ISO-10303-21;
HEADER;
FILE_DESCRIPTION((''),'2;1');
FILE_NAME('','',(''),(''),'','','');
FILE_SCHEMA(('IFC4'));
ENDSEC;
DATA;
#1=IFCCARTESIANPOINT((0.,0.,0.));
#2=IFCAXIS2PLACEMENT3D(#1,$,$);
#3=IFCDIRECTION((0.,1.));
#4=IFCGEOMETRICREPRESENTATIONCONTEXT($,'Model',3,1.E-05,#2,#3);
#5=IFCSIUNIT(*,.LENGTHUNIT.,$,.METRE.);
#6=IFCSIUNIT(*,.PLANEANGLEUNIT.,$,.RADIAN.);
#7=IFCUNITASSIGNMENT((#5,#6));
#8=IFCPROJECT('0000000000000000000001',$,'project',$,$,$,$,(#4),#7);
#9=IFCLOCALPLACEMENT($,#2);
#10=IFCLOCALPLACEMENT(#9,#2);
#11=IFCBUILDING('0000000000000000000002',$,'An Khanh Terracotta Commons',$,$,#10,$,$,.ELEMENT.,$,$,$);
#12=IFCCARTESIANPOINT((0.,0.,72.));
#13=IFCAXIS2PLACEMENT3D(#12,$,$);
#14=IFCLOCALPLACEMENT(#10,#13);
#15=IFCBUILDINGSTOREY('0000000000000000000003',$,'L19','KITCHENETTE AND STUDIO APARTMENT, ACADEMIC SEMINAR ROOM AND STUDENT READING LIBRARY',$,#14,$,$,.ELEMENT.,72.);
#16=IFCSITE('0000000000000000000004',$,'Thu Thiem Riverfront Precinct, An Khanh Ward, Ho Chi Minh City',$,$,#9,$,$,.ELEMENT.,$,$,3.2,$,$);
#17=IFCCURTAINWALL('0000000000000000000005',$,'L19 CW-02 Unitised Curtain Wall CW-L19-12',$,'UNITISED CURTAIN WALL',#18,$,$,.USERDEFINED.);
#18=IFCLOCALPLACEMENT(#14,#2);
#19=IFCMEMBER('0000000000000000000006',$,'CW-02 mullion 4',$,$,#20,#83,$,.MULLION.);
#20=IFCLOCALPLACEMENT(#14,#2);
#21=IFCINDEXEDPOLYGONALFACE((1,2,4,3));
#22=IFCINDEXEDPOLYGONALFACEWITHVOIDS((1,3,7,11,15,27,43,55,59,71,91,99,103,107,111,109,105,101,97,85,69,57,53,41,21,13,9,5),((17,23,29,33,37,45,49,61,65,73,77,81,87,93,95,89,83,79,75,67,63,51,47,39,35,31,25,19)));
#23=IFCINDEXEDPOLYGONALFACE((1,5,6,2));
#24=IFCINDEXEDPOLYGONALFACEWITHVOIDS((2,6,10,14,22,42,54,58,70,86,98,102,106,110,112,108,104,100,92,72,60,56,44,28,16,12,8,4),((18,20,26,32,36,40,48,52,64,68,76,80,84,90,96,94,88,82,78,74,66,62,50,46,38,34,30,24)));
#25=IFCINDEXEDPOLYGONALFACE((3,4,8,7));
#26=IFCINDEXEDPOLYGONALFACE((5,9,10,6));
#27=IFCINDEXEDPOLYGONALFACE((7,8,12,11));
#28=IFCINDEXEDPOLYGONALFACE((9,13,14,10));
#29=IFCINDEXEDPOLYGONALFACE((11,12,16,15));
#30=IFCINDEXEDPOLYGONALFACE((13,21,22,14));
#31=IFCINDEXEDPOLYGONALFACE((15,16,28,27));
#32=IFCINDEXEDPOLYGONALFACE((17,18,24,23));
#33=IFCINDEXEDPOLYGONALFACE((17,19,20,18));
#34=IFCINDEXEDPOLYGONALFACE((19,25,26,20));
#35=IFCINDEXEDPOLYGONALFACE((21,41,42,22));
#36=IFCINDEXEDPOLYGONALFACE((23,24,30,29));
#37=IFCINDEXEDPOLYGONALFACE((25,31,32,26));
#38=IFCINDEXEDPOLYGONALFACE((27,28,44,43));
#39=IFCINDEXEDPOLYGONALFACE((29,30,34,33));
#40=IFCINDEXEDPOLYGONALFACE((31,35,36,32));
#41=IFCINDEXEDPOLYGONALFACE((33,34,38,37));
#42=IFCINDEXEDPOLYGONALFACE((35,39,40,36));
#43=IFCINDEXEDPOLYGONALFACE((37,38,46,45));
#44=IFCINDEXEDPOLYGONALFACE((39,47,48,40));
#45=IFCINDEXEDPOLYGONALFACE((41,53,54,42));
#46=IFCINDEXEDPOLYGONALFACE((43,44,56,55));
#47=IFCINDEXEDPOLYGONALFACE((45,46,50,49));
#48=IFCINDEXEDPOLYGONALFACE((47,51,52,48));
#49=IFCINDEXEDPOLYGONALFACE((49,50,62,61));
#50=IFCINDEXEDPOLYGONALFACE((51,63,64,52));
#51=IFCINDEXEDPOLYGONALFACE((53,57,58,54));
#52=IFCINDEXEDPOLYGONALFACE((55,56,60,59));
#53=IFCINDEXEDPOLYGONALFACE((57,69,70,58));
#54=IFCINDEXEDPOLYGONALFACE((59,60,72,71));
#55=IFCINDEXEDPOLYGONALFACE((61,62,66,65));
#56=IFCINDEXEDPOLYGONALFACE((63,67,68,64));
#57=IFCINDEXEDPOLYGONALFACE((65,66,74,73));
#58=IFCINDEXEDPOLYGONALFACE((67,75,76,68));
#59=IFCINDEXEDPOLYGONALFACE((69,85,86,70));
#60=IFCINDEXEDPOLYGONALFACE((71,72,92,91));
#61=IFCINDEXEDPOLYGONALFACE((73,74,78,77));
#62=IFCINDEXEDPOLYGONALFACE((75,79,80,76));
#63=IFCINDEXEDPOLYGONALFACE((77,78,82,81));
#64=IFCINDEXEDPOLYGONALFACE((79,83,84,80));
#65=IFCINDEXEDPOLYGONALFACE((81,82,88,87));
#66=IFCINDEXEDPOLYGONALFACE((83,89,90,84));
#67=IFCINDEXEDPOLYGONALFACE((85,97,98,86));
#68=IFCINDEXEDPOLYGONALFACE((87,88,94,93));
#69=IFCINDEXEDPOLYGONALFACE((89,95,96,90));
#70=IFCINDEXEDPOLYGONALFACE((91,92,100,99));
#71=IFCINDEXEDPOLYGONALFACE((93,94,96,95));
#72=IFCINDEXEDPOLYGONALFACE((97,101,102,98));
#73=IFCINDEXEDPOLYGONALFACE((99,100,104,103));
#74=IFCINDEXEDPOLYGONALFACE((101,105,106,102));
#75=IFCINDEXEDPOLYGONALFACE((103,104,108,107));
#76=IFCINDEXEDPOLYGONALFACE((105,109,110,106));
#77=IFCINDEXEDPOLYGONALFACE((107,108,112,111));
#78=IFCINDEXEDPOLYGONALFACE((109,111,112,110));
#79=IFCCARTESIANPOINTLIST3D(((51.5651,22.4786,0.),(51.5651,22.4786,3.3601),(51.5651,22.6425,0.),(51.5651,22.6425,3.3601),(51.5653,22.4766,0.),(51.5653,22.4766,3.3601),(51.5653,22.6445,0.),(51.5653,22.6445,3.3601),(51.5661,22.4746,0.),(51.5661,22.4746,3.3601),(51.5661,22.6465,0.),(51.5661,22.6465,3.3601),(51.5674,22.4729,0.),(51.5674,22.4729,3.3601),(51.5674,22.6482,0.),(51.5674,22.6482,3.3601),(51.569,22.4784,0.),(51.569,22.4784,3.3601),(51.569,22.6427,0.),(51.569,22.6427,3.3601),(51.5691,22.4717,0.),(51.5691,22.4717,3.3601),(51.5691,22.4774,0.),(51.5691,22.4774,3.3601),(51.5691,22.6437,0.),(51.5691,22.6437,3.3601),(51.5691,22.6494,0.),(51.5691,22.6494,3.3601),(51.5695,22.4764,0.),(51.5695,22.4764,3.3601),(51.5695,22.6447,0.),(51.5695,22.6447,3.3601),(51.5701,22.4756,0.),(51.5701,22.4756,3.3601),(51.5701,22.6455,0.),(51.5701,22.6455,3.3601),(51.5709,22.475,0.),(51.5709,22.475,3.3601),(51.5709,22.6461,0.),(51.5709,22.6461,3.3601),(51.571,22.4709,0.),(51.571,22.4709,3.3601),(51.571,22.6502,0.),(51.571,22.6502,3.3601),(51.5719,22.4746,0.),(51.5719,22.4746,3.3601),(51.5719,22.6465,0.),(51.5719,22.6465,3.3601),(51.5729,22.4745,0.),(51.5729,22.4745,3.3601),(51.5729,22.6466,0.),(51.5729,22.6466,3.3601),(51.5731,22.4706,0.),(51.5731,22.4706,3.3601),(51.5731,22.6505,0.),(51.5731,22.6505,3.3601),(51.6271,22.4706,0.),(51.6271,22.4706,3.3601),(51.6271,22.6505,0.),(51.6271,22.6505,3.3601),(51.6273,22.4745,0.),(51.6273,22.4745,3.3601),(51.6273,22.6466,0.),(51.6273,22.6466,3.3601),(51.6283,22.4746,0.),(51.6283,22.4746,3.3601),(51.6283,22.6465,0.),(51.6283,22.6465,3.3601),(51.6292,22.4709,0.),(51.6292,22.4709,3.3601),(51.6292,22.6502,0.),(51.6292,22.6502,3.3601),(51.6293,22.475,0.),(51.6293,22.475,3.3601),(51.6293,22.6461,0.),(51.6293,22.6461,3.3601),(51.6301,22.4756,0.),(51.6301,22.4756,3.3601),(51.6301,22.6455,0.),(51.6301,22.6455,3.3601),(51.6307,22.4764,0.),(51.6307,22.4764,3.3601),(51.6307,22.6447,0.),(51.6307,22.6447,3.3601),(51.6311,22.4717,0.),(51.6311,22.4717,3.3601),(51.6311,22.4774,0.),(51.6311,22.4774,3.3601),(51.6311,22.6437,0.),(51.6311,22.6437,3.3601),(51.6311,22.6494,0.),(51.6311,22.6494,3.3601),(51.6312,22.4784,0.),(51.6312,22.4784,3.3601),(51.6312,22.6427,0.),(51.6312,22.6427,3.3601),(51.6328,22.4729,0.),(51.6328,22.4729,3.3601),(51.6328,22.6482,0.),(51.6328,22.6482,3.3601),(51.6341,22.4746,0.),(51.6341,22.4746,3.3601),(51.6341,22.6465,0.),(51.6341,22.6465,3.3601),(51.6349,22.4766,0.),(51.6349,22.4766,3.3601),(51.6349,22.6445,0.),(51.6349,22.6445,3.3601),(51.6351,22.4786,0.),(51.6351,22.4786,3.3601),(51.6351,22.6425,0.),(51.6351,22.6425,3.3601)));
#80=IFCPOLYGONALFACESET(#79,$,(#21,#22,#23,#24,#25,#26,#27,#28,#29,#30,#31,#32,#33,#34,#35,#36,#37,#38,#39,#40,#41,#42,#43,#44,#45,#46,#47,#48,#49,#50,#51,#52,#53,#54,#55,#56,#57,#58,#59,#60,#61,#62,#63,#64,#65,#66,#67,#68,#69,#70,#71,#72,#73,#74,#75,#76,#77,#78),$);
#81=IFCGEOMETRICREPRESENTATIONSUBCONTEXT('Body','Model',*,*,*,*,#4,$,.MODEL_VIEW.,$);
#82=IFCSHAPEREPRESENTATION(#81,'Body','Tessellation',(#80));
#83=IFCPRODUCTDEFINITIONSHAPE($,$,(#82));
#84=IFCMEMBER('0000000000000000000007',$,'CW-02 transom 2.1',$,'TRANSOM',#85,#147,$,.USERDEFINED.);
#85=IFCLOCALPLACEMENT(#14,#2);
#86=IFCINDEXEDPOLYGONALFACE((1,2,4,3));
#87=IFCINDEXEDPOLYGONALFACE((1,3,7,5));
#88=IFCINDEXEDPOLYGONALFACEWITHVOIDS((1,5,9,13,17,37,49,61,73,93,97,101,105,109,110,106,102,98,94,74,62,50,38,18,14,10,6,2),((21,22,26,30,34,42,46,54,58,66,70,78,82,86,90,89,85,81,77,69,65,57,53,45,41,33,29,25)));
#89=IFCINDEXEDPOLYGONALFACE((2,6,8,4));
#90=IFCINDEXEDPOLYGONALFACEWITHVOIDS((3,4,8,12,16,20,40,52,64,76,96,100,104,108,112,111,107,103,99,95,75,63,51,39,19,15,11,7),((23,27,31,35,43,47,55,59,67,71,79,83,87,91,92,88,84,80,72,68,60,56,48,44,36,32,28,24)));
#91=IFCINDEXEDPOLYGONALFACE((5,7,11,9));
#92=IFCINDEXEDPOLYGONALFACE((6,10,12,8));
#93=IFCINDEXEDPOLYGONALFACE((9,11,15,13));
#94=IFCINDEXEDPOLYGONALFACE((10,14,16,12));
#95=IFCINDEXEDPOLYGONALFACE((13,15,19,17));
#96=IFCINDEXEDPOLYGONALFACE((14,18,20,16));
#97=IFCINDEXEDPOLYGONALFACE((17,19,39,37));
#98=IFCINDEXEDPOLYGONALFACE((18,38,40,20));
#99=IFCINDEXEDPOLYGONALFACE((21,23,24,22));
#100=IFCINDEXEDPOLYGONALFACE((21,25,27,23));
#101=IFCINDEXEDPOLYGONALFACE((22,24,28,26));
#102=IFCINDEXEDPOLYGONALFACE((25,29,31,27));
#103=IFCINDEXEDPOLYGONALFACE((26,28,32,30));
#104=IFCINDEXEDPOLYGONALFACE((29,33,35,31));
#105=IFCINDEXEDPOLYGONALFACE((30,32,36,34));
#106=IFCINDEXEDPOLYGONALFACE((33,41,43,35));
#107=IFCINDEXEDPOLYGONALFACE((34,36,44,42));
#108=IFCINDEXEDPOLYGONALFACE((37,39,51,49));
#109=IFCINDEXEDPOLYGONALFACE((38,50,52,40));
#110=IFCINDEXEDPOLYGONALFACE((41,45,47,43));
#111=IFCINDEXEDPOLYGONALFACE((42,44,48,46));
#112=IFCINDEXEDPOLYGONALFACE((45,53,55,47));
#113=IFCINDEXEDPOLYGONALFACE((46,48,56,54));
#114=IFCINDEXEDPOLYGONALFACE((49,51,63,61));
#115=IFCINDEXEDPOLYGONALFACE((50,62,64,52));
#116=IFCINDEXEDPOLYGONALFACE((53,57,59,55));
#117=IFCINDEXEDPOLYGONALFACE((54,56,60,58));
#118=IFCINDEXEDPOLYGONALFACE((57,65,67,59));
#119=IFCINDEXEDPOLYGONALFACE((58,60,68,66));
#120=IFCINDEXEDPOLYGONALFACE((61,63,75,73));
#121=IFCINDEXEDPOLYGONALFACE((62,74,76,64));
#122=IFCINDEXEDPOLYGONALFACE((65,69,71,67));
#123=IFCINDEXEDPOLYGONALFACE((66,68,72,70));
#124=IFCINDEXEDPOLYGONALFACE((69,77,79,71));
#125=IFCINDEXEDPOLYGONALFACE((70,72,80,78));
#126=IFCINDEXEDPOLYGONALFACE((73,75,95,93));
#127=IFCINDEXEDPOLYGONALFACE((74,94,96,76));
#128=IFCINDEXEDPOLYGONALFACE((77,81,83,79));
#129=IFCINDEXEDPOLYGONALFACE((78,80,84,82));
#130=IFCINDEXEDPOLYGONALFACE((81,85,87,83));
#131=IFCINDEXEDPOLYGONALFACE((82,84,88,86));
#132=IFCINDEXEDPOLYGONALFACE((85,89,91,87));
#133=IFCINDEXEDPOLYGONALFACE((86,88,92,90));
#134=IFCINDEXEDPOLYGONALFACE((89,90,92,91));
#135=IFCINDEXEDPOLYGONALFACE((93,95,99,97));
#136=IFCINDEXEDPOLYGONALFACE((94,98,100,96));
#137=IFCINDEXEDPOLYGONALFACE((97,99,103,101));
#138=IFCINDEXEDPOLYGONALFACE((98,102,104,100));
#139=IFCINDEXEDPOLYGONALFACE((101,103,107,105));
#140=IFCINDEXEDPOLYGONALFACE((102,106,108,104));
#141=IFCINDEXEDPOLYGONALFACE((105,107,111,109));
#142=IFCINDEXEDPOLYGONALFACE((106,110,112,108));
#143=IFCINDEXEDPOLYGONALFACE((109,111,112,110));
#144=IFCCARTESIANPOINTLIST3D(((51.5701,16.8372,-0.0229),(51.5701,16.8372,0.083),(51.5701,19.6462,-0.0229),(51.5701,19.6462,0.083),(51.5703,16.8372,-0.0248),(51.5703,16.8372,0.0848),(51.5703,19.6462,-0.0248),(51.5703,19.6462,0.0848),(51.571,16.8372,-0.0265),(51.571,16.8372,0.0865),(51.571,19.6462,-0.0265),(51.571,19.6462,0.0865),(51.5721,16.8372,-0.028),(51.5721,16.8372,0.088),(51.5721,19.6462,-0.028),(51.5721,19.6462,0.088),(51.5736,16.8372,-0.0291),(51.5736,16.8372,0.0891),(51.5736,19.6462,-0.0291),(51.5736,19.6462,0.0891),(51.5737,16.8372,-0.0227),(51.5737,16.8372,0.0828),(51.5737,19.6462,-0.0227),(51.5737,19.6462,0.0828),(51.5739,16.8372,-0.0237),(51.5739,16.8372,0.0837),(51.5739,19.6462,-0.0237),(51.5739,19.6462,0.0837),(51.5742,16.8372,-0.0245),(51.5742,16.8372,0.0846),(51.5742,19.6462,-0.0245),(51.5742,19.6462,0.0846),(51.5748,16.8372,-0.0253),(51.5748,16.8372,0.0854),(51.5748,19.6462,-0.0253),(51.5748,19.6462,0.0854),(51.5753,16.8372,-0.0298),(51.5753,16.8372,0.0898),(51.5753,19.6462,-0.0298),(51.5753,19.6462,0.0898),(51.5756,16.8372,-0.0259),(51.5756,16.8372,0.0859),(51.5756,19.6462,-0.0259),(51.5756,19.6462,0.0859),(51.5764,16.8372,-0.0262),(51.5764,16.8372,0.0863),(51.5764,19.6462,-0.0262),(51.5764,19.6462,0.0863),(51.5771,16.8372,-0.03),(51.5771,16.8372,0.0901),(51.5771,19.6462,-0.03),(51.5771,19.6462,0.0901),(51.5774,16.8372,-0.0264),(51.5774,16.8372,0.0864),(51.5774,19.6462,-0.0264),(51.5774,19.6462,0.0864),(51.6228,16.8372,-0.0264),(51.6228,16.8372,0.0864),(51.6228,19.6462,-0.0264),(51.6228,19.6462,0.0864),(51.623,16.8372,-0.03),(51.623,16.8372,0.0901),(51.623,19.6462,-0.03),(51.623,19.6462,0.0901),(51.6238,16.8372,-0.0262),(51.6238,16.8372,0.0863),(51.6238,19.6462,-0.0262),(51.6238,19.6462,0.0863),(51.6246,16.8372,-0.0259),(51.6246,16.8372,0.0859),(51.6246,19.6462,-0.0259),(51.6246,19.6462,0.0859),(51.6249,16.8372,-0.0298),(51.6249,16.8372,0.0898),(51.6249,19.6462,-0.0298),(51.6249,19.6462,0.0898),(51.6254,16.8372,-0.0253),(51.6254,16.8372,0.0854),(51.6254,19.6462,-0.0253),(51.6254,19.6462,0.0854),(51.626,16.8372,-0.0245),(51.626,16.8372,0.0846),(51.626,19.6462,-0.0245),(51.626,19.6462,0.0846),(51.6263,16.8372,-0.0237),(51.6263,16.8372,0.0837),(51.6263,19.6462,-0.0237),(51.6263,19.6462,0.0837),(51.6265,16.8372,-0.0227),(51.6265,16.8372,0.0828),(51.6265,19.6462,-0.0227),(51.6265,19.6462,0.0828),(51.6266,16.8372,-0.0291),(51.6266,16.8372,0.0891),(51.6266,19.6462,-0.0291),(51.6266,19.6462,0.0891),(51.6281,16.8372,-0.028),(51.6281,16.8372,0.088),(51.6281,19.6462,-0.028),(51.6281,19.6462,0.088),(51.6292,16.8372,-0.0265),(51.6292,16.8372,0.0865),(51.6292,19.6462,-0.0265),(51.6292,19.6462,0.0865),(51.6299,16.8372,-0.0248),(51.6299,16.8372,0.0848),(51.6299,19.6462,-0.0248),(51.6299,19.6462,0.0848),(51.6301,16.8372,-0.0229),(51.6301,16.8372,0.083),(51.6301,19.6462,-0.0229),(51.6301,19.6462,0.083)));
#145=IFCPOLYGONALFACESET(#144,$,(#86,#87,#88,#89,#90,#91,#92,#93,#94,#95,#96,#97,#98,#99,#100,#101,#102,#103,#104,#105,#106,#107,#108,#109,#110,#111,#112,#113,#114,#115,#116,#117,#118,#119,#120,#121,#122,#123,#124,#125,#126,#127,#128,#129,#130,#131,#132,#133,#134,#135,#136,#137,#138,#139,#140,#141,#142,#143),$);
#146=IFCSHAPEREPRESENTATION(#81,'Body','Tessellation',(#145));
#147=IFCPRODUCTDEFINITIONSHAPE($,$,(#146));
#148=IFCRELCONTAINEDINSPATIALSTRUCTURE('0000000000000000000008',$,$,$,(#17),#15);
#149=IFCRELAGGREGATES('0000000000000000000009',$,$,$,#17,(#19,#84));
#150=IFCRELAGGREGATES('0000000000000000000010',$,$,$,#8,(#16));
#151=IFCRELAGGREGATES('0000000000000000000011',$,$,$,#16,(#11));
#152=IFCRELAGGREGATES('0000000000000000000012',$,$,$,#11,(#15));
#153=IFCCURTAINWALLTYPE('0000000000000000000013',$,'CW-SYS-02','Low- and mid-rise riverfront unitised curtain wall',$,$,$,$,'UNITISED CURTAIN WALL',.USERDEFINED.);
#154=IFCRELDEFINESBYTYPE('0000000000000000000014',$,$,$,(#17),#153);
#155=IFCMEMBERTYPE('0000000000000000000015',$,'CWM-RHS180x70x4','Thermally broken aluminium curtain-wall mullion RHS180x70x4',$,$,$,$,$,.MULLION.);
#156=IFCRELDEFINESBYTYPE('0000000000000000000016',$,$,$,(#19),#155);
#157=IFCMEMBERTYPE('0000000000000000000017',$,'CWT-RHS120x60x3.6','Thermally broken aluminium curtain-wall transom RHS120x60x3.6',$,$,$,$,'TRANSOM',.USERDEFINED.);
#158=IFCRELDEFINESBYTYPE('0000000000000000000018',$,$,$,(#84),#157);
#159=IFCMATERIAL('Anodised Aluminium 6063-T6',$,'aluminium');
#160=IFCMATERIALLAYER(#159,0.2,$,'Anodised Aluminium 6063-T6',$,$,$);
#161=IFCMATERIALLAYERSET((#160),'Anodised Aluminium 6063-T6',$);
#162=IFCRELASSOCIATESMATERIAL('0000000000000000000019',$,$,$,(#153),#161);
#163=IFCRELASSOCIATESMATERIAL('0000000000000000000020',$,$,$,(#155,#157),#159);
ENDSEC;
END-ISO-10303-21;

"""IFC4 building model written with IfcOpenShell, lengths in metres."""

from ifc_helpers import new_model, si_unit, direction, frame, origin, origin_2d, place, context, subcontext, project, spatial, hollow_rectangle, extrude, material, layer, layer_set, material_profile, profile_set, type_object, element, aggregate, save


model = new_model("IFC4")

# Units and contexts
model_context = context("Model", 3, precision=1e-05, world=origin(), true_north=direction((0.0, 1.0)))
body_context = subcontext(model_context, "Body", "Model", "MODEL_VIEW")
ifc_project = project(units=[si_unit("LENGTHUNIT", "METRE"), si_unit("PLANEANGLEUNIT", "RADIAN")], contexts=[model_context])

# Site, building, storey
site_placement = place(None, origin())
site = spatial("IfcSite", under=ifc_project, at=site_placement, Name="Thu Thiem Riverfront Precinct, An Khanh Ward, Ho Chi Minh City", CompositionType="ELEMENT", RefElevation=3.2)
building_placement = place(site_placement, origin())
building = spatial("IfcBuilding", under=site, at=building_placement, Name="An Khanh Terracotta Commons", CompositionType="ELEMENT")
storey_placement = place(building_placement, frame((0.0, 0.0, 72.0)))
storey = spatial("IfcBuildingStorey", under=building, at=storey_placement, Name="L19", Description="KITCHENETTE AND STUDIO APARTMENT, ACADEMIC SEMINAR ROOM AND STUDENT READING LIBRARY", CompositionType="ELEMENT", Elevation=72.0)

# Curtain wall, members
ifc_material_1 = material(Name="Anodised Aluminium 6063-T6", Category="aluminium")
ifc_layer_1 = layer(ifc_material_1, 0.2, Name="Anodised Aluminium 6063-T6")
ifc_layer_set_1 = layer_set([ifc_layer_1], Name="Anodised Aluminium 6063-T6")
curtain_wall_type = type_object("IfcCurtainWallType", Name="CW-SYS-02", Description="Low- and mid-rise riverfront unitised curtain wall", ElementType="UNITISED CURTAIN WALL", PredefinedType="USERDEFINED", material=ifc_layer_set_1)
curtain_wall_placement = place(storey_placement, origin())
curtain_wall = element("IfcCurtainWall", 1, at=curtain_wall_placement, inside=storey, type_object=curtain_wall_type, Name="L19 CW-02 Unitised Curtain Wall CW-L19-12", ObjectType="UNITISED CURTAIN WALL", PredefinedType="USERDEFINED")
ifc_material_profile_1 = material_profile(ifc_material_1, hollow_rectangle(XDim=0.0701, YDim=0.1799, WallThickness=0.0039, InnerFilletRadius=0.0039, OuterFilletRadius=0.0081, at=origin_2d()), Name="RHS180x70x4")
ifc_profile_set_1 = profile_set([ifc_material_profile_1], Name="Anodised Aluminium 6063-T6")
member_type_1 = type_object("IfcMemberType", Name="CWM-RHS180x70x4", Description="Thermally broken aluminium curtain-wall mullion RHS180x70x4", PredefinedType="MULLION", material=ifc_profile_set_1)
member_1_placement = place(storey_placement, frame((51.6001, 22.5605, 0.0), z_axis=(0.0, 0.0, 1.0), x_axis=(-1.0, 0.0, 0.0)))
member_1 = element("IfcMember", 2, at=member_1_placement, type_object=member_type_1, Name="CW-02 mullion 4", PredefinedType="MULLION", context=body_context, shape_type="SweptSolid", body=[
    extrude(hollow_rectangle(XDim=0.0701, YDim=0.1799, WallThickness=0.0039, InnerFilletRadius=0.0039, OuterFilletRadius=0.0081, at=origin_2d()), origin(), (0.0, 0.0, 1.0), 3.3601),
])
ifc_material_profile_2 = material_profile(ifc_material_1, hollow_rectangle(XDim=0.0601, YDim=0.1201, WallThickness=0.0037, InnerFilletRadius=0.0037, OuterFilletRadius=0.0071, at=origin_2d()), Name="RHS120x60x3.6")
ifc_profile_set_2 = profile_set([ifc_material_profile_2], Name="Anodised Aluminium 6063-T6")
member_type_2 = type_object("IfcMemberType", Name="CWT-RHS120x60x3.6", Description="Thermally broken aluminium curtain-wall transom RHS120x60x3.6", ElementType="TRANSOM", PredefinedType="USERDEFINED", material=ifc_profile_set_2)
member_2_placement = place(storey_placement, frame((51.6001, 16.8372, 0.03), z_axis=(0.0, 1.0, 0.0), x_axis=(-1.0, 0.0, 0.0)))
member_2 = element("IfcMember", 3, at=member_2_placement, type_object=member_type_2, Name="CW-02 transom 2.1", ObjectType="TRANSOM", PredefinedType="USERDEFINED", context=body_context, shape_type="SweptSolid", body=[
    extrude(hollow_rectangle(XDim=0.0601, YDim=0.1201, WallThickness=0.0037, InnerFilletRadius=0.0037, OuterFilletRadius=0.0071, at=origin_2d()), origin(), (0.0, 0.0, 1.0), 2.8091),
])
aggregate(curtain_wall, [member_1, member_2])

save(model, "model.ifc")
